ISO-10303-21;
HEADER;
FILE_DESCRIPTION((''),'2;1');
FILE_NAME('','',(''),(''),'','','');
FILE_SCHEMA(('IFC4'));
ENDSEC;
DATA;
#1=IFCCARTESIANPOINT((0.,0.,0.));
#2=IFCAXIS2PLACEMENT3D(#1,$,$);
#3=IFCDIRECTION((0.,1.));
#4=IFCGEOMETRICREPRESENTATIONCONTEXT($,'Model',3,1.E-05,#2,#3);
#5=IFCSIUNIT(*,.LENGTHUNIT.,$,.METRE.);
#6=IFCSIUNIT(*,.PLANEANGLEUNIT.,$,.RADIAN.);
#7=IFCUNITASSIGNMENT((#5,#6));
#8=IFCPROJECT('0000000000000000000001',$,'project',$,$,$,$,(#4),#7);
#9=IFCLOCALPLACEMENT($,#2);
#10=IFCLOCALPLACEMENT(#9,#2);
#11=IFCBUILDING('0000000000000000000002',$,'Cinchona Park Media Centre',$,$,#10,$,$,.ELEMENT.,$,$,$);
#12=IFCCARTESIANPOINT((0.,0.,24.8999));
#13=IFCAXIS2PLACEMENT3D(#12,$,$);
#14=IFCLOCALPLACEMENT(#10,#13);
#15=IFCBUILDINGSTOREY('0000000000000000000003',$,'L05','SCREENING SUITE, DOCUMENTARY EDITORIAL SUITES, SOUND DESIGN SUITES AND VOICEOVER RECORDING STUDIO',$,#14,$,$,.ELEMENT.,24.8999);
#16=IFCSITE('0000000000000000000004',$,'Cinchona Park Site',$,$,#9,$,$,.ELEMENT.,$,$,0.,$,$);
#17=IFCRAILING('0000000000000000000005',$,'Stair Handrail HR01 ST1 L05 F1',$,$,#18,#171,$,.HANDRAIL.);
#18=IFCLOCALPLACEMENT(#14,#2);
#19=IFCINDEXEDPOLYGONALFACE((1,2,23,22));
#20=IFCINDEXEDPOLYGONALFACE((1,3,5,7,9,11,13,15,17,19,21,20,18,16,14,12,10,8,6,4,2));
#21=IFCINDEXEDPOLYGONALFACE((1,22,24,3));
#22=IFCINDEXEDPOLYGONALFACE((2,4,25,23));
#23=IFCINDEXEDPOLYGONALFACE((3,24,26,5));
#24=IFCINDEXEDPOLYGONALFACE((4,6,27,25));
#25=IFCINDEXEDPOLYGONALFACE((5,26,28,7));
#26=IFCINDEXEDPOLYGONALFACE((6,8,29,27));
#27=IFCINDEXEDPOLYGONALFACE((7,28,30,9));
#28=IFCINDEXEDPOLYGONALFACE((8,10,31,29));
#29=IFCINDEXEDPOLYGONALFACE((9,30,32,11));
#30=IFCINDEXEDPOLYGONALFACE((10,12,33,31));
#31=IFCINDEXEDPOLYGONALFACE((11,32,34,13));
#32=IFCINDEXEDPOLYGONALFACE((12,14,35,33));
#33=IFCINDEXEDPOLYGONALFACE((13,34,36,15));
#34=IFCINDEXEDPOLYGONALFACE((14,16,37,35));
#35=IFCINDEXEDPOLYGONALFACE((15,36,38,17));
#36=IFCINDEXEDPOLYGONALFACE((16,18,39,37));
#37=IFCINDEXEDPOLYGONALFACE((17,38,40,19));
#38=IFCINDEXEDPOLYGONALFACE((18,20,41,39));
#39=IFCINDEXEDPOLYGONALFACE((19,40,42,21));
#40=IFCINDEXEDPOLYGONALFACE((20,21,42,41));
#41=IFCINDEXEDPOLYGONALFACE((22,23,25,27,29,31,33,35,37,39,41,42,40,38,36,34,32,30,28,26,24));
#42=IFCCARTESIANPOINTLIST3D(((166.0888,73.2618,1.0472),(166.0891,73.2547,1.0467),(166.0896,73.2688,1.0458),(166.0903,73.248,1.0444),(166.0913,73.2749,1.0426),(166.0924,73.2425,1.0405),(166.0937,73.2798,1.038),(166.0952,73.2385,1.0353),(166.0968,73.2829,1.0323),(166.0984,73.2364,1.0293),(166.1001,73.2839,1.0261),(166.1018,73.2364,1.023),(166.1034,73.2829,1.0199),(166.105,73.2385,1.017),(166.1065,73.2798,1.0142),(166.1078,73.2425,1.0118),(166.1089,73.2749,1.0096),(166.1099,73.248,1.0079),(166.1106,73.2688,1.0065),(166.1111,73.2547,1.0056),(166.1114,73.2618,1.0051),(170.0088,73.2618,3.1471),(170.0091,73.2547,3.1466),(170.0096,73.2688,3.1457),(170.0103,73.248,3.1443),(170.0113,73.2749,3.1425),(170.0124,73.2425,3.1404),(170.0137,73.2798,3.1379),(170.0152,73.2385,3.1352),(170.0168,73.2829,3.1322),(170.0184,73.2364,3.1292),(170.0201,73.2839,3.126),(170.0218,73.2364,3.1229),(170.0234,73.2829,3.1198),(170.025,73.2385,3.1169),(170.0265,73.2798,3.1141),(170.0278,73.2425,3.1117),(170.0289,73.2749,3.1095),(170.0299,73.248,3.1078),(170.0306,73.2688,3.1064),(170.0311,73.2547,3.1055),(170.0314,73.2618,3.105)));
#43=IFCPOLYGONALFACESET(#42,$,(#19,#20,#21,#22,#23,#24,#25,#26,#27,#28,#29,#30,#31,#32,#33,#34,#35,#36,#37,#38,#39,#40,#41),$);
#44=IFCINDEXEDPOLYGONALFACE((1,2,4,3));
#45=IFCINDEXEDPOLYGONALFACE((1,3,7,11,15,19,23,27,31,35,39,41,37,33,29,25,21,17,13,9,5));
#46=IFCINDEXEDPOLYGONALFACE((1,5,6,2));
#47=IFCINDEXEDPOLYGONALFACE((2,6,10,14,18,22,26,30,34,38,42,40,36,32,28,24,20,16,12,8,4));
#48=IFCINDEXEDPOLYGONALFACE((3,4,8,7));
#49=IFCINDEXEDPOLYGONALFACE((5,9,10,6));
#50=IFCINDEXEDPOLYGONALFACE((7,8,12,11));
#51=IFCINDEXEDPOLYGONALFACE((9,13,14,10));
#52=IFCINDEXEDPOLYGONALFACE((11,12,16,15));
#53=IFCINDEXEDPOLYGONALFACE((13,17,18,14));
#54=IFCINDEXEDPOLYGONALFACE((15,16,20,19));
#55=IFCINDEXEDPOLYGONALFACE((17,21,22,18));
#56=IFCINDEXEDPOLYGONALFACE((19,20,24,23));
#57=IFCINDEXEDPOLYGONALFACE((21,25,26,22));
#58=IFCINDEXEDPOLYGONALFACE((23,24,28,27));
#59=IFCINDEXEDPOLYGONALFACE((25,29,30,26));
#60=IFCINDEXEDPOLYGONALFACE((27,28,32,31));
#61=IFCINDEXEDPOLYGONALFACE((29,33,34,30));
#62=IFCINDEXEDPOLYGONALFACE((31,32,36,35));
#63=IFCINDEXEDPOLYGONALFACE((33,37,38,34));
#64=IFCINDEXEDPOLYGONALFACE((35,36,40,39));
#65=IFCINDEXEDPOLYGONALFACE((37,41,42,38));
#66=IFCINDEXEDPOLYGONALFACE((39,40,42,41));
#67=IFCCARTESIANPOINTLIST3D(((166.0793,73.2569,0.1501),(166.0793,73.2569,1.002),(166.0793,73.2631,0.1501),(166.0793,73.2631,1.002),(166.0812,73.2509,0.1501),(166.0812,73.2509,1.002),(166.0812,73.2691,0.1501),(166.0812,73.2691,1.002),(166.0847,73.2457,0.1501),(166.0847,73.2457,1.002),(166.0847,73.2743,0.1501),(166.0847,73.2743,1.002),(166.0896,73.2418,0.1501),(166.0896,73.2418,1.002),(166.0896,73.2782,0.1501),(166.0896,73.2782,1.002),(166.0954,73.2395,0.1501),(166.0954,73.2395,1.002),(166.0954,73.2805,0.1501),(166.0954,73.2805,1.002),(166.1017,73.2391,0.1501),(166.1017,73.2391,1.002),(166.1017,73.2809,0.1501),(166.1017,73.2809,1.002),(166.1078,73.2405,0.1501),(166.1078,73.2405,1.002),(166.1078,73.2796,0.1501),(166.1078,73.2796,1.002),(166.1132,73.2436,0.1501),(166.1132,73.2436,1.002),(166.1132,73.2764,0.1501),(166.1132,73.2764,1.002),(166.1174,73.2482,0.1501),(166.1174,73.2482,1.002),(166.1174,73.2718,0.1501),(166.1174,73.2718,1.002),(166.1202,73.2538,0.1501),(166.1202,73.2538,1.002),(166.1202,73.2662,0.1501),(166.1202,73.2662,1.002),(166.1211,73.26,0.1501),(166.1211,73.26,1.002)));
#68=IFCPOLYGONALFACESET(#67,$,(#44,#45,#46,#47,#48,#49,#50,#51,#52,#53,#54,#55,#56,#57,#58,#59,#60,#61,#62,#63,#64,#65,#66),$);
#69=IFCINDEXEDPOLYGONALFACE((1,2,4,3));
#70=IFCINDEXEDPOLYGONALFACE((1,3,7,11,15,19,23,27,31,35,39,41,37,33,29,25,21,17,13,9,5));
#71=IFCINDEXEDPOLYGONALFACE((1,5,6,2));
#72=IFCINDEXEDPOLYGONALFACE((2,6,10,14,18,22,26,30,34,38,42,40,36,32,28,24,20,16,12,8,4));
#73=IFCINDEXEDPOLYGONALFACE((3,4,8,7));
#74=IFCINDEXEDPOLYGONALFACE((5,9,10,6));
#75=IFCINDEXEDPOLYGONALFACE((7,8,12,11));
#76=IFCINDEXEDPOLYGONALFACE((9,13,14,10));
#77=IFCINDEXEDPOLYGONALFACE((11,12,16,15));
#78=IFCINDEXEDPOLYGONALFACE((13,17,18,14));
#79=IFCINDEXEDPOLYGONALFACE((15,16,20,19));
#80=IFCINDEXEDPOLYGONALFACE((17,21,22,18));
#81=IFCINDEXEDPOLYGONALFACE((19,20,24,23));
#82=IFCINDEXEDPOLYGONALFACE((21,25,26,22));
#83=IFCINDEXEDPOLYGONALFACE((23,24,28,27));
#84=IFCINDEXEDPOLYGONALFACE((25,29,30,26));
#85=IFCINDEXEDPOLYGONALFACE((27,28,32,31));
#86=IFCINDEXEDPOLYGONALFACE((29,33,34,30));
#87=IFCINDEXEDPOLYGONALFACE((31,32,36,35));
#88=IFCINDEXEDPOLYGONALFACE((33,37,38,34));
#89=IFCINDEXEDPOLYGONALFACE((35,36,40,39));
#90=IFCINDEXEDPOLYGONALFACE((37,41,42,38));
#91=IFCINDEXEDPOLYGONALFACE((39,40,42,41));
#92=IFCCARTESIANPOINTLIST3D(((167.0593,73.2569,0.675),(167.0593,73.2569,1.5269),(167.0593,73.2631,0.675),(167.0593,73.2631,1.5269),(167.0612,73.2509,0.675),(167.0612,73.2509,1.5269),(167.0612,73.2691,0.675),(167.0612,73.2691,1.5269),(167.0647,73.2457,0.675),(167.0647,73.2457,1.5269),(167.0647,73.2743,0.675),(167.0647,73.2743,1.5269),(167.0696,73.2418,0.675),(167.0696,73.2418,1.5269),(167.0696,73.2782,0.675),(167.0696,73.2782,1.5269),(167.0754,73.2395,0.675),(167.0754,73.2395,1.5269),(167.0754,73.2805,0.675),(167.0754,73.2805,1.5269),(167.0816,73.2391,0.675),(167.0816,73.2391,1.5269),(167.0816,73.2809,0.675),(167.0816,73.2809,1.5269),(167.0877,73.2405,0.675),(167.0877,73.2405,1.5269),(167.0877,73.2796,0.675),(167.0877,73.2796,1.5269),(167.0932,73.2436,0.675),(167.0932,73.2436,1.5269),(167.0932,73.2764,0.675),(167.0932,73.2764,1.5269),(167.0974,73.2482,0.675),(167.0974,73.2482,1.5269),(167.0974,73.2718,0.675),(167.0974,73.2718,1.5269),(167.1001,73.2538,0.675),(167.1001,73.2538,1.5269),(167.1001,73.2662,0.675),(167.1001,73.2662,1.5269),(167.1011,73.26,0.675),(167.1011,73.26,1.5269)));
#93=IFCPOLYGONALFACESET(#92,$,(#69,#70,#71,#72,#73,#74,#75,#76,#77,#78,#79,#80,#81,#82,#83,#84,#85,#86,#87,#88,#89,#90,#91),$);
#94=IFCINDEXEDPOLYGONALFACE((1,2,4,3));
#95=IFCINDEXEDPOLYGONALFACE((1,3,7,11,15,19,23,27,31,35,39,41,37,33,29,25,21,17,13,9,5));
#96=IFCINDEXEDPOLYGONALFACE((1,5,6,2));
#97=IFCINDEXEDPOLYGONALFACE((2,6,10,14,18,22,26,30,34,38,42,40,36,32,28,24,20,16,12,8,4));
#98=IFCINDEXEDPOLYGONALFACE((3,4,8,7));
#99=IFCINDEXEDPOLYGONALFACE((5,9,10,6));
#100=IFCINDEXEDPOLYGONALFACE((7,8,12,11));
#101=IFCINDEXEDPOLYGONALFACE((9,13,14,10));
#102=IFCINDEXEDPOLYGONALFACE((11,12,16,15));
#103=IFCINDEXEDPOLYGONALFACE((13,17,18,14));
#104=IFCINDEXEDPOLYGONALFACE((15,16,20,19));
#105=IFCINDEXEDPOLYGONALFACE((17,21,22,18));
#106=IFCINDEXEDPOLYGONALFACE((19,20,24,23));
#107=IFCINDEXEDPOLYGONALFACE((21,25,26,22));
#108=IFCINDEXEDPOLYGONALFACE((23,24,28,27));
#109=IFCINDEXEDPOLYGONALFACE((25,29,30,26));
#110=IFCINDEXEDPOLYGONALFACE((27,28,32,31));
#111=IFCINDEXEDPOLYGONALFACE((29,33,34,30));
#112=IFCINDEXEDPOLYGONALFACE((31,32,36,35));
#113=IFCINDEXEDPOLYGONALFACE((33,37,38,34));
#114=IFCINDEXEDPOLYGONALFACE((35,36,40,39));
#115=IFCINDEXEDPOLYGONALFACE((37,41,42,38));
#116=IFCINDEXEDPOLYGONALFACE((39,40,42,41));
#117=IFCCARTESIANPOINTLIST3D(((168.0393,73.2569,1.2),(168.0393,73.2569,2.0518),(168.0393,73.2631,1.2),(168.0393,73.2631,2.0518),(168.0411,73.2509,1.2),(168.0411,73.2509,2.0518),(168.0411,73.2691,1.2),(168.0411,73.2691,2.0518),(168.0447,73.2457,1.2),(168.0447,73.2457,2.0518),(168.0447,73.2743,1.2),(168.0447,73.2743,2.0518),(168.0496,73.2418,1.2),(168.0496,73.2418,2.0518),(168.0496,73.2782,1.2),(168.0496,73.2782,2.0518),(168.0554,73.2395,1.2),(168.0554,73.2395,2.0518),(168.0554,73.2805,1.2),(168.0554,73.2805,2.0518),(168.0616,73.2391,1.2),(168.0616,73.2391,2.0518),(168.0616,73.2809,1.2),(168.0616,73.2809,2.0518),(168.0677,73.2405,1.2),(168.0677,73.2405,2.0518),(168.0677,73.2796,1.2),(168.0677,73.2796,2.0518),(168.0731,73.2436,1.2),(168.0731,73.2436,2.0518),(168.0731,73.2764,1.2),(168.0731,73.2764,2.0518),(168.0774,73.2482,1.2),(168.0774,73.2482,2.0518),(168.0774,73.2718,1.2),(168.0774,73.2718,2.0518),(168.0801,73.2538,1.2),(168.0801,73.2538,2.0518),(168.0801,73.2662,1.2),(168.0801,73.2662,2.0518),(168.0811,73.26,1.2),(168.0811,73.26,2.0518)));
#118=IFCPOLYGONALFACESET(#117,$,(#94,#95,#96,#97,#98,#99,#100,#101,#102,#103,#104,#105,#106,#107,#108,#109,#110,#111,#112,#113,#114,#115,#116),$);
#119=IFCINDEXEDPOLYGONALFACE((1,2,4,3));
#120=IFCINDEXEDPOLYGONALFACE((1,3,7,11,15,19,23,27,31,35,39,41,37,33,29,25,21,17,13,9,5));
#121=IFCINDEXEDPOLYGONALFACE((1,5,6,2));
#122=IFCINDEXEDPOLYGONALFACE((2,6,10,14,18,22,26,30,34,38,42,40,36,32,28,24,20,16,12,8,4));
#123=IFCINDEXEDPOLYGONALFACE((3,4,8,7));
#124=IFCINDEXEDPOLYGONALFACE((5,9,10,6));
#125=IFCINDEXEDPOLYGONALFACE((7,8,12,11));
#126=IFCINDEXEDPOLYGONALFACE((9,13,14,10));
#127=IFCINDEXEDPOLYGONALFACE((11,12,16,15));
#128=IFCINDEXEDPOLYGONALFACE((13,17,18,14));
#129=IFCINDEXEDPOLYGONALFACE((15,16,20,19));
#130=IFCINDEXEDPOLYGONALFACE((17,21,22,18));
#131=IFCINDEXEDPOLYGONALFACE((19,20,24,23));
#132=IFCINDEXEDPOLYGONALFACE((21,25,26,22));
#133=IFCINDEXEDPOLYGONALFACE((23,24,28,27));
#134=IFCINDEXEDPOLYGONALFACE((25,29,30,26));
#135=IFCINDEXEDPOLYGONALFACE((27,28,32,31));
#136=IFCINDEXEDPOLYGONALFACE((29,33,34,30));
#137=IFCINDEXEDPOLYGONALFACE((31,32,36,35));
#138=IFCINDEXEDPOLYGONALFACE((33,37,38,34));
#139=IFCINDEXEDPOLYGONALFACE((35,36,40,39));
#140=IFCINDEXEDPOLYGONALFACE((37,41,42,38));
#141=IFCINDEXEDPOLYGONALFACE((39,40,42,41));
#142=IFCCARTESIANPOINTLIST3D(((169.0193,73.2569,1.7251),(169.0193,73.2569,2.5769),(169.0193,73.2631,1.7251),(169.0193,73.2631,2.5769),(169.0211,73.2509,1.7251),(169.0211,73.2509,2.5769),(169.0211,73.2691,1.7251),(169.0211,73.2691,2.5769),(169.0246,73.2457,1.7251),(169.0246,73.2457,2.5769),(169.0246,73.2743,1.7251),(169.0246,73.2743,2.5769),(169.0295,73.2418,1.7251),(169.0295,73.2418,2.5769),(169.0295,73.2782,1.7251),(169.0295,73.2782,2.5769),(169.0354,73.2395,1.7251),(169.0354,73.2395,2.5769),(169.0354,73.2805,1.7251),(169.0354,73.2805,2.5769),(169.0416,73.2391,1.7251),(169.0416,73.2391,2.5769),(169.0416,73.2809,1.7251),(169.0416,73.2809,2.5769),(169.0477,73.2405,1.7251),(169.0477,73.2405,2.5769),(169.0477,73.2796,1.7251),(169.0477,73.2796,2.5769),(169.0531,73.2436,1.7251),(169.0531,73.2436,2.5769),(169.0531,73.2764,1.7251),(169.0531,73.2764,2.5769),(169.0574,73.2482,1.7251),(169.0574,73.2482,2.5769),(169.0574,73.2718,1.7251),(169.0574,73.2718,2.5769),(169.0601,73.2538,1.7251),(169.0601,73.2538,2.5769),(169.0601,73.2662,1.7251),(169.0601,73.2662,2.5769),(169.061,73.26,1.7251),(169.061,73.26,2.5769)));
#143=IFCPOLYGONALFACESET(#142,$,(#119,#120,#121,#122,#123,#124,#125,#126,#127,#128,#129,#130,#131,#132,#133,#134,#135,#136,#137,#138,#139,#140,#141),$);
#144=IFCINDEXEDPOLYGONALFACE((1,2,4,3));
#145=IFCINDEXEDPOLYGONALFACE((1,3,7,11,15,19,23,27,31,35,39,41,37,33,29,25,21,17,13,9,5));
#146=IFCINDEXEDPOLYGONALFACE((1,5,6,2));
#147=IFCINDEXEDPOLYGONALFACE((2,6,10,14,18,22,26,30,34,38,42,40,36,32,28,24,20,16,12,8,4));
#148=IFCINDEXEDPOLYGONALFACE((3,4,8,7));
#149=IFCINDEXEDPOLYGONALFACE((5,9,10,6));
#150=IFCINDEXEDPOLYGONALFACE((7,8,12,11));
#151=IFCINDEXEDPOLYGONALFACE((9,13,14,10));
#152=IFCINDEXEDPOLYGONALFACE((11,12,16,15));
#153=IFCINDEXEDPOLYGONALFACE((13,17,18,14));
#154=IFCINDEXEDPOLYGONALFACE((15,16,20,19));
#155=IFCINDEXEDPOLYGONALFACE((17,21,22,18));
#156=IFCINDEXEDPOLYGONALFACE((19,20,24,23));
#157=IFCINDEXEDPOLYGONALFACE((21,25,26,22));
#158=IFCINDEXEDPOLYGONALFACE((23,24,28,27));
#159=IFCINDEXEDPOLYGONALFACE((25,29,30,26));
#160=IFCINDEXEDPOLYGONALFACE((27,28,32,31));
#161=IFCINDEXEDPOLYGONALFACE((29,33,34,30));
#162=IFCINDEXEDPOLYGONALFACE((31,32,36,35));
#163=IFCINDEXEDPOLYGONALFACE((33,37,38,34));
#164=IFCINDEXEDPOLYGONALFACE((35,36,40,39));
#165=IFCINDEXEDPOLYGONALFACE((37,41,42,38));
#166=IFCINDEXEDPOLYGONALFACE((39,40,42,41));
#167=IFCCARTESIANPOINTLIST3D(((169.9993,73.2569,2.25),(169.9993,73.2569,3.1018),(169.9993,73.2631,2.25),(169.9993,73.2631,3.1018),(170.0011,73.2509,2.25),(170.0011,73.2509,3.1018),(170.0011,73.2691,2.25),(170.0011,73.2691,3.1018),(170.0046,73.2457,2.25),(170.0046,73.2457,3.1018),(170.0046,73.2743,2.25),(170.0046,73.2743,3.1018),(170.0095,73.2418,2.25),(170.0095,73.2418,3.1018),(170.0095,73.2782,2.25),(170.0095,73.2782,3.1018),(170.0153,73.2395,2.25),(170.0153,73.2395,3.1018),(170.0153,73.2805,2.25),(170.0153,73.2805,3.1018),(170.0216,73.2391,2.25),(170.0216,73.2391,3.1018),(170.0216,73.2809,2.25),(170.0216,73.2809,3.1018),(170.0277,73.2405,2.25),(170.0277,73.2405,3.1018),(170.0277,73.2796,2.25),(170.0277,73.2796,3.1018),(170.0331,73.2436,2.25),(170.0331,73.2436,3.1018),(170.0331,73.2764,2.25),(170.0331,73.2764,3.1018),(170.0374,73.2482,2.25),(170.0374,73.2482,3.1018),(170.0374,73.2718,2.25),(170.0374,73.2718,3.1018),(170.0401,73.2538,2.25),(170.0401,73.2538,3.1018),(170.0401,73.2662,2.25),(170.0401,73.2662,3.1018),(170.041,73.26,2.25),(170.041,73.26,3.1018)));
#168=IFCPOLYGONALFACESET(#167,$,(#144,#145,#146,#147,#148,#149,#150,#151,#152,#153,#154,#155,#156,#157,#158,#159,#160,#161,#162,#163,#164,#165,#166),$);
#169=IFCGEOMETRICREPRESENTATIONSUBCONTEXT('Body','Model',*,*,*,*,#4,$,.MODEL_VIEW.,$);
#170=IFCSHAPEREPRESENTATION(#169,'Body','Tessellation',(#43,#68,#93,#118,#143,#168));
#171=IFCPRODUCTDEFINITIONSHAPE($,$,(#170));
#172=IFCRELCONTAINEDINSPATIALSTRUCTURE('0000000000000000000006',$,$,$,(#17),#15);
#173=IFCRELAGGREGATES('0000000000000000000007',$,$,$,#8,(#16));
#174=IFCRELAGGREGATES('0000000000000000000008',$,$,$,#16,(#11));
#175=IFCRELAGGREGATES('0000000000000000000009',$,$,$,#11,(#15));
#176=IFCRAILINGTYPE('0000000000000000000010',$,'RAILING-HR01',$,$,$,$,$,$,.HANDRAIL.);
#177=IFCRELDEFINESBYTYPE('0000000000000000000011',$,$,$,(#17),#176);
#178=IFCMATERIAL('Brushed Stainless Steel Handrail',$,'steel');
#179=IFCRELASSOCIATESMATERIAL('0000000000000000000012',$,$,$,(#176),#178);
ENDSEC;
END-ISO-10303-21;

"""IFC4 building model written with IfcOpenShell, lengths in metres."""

from ifc_helpers import new_model, si_unit, direction, frame, origin, origin_2d, place, context, subcontext, project, spatial, circle, extrude, material, type_object, element, save


model = new_model("IFC4")

# Units and contexts
model_context = context("Model", 3, precision=1e-05, world=origin(), true_north=direction((0.0, 1.0)))
body_context = subcontext(model_context, "Body", "Model", "MODEL_VIEW")
ifc_project = project(units=[si_unit("LENGTHUNIT", "METRE"), si_unit("PLANEANGLEUNIT", "RADIAN")], contexts=[model_context])

# Site, building, storey
site_placement = place(None, origin())
site = spatial("IfcSite", under=ifc_project, at=site_placement, Name="Cinchona Park Site", CompositionType="ELEMENT", RefElevation=0.0)
building_placement = place(site_placement, origin())
building = spatial("IfcBuilding", under=site, at=building_placement, Name="Cinchona Park Media Centre", CompositionType="ELEMENT")
storey_placement = place(building_placement, frame((0.0, 0.0, 24.8999)))
storey = spatial("IfcBuildingStorey", under=building, at=storey_placement, Name="L05", Description="SCREENING SUITE, DOCUMENTARY EDITORIAL SUITES, SOUND DESIGN SUITES AND VOICEOVER RECORDING STUDIO", CompositionType="ELEMENT", Elevation=24.8999)

# Railing
ifc_material_1 = material(Name="Brushed Stainless Steel Handrail", Category="steel")
railing_type_1 = type_object("IfcRailingType", Name="RAILING-HR01", PredefinedType="HANDRAIL", material=ifc_material_1)
railing_1_placement = place(storey_placement, frame((166.1001, 73.26, 0.1501)))
element("IfcRailing", 1, at=railing_1_placement, inside=storey, type_object=railing_type_1, Name="Stair Handrail HR01 ST1 L05 F1", PredefinedType="HANDRAIL", context=body_context, shape_type="SweptSolid", body=[
    extrude(circle(Radius=0.0239, at=origin_2d()), frame((0.0, 0.0, 0.876), z_axis=(0.88149, 0.0, 0.472203), x_axis=(0.0, 1.0, 0.0)), (0.0, 0.0, 1.0), 4.447),
    extrude(circle(Radius=0.021, at=origin_2d()), origin(), (0.0, 0.0, 1.0), 0.8518),
    extrude(circle(Radius=0.021, at=origin_2d()), frame((0.98, 0.0, 0.5249)), (0.0, 0.0, 1.0), 0.8518),
    extrude(circle(Radius=0.021, at=origin_2d()), frame((1.96, 0.0, 1.0498)), (0.0, 0.0, 1.0), 0.8518),
    extrude(circle(Radius=0.021, at=origin_2d()), frame((2.9399, 0.0, 1.575)), (0.0, 0.0, 1.0), 0.8518),
    extrude(circle(Radius=0.021, at=origin_2d()), frame((3.9199, 0.0, 2.0999)), (0.0, 0.0, 1.0), 0.8518),
])

save(model, "model.ifc")
